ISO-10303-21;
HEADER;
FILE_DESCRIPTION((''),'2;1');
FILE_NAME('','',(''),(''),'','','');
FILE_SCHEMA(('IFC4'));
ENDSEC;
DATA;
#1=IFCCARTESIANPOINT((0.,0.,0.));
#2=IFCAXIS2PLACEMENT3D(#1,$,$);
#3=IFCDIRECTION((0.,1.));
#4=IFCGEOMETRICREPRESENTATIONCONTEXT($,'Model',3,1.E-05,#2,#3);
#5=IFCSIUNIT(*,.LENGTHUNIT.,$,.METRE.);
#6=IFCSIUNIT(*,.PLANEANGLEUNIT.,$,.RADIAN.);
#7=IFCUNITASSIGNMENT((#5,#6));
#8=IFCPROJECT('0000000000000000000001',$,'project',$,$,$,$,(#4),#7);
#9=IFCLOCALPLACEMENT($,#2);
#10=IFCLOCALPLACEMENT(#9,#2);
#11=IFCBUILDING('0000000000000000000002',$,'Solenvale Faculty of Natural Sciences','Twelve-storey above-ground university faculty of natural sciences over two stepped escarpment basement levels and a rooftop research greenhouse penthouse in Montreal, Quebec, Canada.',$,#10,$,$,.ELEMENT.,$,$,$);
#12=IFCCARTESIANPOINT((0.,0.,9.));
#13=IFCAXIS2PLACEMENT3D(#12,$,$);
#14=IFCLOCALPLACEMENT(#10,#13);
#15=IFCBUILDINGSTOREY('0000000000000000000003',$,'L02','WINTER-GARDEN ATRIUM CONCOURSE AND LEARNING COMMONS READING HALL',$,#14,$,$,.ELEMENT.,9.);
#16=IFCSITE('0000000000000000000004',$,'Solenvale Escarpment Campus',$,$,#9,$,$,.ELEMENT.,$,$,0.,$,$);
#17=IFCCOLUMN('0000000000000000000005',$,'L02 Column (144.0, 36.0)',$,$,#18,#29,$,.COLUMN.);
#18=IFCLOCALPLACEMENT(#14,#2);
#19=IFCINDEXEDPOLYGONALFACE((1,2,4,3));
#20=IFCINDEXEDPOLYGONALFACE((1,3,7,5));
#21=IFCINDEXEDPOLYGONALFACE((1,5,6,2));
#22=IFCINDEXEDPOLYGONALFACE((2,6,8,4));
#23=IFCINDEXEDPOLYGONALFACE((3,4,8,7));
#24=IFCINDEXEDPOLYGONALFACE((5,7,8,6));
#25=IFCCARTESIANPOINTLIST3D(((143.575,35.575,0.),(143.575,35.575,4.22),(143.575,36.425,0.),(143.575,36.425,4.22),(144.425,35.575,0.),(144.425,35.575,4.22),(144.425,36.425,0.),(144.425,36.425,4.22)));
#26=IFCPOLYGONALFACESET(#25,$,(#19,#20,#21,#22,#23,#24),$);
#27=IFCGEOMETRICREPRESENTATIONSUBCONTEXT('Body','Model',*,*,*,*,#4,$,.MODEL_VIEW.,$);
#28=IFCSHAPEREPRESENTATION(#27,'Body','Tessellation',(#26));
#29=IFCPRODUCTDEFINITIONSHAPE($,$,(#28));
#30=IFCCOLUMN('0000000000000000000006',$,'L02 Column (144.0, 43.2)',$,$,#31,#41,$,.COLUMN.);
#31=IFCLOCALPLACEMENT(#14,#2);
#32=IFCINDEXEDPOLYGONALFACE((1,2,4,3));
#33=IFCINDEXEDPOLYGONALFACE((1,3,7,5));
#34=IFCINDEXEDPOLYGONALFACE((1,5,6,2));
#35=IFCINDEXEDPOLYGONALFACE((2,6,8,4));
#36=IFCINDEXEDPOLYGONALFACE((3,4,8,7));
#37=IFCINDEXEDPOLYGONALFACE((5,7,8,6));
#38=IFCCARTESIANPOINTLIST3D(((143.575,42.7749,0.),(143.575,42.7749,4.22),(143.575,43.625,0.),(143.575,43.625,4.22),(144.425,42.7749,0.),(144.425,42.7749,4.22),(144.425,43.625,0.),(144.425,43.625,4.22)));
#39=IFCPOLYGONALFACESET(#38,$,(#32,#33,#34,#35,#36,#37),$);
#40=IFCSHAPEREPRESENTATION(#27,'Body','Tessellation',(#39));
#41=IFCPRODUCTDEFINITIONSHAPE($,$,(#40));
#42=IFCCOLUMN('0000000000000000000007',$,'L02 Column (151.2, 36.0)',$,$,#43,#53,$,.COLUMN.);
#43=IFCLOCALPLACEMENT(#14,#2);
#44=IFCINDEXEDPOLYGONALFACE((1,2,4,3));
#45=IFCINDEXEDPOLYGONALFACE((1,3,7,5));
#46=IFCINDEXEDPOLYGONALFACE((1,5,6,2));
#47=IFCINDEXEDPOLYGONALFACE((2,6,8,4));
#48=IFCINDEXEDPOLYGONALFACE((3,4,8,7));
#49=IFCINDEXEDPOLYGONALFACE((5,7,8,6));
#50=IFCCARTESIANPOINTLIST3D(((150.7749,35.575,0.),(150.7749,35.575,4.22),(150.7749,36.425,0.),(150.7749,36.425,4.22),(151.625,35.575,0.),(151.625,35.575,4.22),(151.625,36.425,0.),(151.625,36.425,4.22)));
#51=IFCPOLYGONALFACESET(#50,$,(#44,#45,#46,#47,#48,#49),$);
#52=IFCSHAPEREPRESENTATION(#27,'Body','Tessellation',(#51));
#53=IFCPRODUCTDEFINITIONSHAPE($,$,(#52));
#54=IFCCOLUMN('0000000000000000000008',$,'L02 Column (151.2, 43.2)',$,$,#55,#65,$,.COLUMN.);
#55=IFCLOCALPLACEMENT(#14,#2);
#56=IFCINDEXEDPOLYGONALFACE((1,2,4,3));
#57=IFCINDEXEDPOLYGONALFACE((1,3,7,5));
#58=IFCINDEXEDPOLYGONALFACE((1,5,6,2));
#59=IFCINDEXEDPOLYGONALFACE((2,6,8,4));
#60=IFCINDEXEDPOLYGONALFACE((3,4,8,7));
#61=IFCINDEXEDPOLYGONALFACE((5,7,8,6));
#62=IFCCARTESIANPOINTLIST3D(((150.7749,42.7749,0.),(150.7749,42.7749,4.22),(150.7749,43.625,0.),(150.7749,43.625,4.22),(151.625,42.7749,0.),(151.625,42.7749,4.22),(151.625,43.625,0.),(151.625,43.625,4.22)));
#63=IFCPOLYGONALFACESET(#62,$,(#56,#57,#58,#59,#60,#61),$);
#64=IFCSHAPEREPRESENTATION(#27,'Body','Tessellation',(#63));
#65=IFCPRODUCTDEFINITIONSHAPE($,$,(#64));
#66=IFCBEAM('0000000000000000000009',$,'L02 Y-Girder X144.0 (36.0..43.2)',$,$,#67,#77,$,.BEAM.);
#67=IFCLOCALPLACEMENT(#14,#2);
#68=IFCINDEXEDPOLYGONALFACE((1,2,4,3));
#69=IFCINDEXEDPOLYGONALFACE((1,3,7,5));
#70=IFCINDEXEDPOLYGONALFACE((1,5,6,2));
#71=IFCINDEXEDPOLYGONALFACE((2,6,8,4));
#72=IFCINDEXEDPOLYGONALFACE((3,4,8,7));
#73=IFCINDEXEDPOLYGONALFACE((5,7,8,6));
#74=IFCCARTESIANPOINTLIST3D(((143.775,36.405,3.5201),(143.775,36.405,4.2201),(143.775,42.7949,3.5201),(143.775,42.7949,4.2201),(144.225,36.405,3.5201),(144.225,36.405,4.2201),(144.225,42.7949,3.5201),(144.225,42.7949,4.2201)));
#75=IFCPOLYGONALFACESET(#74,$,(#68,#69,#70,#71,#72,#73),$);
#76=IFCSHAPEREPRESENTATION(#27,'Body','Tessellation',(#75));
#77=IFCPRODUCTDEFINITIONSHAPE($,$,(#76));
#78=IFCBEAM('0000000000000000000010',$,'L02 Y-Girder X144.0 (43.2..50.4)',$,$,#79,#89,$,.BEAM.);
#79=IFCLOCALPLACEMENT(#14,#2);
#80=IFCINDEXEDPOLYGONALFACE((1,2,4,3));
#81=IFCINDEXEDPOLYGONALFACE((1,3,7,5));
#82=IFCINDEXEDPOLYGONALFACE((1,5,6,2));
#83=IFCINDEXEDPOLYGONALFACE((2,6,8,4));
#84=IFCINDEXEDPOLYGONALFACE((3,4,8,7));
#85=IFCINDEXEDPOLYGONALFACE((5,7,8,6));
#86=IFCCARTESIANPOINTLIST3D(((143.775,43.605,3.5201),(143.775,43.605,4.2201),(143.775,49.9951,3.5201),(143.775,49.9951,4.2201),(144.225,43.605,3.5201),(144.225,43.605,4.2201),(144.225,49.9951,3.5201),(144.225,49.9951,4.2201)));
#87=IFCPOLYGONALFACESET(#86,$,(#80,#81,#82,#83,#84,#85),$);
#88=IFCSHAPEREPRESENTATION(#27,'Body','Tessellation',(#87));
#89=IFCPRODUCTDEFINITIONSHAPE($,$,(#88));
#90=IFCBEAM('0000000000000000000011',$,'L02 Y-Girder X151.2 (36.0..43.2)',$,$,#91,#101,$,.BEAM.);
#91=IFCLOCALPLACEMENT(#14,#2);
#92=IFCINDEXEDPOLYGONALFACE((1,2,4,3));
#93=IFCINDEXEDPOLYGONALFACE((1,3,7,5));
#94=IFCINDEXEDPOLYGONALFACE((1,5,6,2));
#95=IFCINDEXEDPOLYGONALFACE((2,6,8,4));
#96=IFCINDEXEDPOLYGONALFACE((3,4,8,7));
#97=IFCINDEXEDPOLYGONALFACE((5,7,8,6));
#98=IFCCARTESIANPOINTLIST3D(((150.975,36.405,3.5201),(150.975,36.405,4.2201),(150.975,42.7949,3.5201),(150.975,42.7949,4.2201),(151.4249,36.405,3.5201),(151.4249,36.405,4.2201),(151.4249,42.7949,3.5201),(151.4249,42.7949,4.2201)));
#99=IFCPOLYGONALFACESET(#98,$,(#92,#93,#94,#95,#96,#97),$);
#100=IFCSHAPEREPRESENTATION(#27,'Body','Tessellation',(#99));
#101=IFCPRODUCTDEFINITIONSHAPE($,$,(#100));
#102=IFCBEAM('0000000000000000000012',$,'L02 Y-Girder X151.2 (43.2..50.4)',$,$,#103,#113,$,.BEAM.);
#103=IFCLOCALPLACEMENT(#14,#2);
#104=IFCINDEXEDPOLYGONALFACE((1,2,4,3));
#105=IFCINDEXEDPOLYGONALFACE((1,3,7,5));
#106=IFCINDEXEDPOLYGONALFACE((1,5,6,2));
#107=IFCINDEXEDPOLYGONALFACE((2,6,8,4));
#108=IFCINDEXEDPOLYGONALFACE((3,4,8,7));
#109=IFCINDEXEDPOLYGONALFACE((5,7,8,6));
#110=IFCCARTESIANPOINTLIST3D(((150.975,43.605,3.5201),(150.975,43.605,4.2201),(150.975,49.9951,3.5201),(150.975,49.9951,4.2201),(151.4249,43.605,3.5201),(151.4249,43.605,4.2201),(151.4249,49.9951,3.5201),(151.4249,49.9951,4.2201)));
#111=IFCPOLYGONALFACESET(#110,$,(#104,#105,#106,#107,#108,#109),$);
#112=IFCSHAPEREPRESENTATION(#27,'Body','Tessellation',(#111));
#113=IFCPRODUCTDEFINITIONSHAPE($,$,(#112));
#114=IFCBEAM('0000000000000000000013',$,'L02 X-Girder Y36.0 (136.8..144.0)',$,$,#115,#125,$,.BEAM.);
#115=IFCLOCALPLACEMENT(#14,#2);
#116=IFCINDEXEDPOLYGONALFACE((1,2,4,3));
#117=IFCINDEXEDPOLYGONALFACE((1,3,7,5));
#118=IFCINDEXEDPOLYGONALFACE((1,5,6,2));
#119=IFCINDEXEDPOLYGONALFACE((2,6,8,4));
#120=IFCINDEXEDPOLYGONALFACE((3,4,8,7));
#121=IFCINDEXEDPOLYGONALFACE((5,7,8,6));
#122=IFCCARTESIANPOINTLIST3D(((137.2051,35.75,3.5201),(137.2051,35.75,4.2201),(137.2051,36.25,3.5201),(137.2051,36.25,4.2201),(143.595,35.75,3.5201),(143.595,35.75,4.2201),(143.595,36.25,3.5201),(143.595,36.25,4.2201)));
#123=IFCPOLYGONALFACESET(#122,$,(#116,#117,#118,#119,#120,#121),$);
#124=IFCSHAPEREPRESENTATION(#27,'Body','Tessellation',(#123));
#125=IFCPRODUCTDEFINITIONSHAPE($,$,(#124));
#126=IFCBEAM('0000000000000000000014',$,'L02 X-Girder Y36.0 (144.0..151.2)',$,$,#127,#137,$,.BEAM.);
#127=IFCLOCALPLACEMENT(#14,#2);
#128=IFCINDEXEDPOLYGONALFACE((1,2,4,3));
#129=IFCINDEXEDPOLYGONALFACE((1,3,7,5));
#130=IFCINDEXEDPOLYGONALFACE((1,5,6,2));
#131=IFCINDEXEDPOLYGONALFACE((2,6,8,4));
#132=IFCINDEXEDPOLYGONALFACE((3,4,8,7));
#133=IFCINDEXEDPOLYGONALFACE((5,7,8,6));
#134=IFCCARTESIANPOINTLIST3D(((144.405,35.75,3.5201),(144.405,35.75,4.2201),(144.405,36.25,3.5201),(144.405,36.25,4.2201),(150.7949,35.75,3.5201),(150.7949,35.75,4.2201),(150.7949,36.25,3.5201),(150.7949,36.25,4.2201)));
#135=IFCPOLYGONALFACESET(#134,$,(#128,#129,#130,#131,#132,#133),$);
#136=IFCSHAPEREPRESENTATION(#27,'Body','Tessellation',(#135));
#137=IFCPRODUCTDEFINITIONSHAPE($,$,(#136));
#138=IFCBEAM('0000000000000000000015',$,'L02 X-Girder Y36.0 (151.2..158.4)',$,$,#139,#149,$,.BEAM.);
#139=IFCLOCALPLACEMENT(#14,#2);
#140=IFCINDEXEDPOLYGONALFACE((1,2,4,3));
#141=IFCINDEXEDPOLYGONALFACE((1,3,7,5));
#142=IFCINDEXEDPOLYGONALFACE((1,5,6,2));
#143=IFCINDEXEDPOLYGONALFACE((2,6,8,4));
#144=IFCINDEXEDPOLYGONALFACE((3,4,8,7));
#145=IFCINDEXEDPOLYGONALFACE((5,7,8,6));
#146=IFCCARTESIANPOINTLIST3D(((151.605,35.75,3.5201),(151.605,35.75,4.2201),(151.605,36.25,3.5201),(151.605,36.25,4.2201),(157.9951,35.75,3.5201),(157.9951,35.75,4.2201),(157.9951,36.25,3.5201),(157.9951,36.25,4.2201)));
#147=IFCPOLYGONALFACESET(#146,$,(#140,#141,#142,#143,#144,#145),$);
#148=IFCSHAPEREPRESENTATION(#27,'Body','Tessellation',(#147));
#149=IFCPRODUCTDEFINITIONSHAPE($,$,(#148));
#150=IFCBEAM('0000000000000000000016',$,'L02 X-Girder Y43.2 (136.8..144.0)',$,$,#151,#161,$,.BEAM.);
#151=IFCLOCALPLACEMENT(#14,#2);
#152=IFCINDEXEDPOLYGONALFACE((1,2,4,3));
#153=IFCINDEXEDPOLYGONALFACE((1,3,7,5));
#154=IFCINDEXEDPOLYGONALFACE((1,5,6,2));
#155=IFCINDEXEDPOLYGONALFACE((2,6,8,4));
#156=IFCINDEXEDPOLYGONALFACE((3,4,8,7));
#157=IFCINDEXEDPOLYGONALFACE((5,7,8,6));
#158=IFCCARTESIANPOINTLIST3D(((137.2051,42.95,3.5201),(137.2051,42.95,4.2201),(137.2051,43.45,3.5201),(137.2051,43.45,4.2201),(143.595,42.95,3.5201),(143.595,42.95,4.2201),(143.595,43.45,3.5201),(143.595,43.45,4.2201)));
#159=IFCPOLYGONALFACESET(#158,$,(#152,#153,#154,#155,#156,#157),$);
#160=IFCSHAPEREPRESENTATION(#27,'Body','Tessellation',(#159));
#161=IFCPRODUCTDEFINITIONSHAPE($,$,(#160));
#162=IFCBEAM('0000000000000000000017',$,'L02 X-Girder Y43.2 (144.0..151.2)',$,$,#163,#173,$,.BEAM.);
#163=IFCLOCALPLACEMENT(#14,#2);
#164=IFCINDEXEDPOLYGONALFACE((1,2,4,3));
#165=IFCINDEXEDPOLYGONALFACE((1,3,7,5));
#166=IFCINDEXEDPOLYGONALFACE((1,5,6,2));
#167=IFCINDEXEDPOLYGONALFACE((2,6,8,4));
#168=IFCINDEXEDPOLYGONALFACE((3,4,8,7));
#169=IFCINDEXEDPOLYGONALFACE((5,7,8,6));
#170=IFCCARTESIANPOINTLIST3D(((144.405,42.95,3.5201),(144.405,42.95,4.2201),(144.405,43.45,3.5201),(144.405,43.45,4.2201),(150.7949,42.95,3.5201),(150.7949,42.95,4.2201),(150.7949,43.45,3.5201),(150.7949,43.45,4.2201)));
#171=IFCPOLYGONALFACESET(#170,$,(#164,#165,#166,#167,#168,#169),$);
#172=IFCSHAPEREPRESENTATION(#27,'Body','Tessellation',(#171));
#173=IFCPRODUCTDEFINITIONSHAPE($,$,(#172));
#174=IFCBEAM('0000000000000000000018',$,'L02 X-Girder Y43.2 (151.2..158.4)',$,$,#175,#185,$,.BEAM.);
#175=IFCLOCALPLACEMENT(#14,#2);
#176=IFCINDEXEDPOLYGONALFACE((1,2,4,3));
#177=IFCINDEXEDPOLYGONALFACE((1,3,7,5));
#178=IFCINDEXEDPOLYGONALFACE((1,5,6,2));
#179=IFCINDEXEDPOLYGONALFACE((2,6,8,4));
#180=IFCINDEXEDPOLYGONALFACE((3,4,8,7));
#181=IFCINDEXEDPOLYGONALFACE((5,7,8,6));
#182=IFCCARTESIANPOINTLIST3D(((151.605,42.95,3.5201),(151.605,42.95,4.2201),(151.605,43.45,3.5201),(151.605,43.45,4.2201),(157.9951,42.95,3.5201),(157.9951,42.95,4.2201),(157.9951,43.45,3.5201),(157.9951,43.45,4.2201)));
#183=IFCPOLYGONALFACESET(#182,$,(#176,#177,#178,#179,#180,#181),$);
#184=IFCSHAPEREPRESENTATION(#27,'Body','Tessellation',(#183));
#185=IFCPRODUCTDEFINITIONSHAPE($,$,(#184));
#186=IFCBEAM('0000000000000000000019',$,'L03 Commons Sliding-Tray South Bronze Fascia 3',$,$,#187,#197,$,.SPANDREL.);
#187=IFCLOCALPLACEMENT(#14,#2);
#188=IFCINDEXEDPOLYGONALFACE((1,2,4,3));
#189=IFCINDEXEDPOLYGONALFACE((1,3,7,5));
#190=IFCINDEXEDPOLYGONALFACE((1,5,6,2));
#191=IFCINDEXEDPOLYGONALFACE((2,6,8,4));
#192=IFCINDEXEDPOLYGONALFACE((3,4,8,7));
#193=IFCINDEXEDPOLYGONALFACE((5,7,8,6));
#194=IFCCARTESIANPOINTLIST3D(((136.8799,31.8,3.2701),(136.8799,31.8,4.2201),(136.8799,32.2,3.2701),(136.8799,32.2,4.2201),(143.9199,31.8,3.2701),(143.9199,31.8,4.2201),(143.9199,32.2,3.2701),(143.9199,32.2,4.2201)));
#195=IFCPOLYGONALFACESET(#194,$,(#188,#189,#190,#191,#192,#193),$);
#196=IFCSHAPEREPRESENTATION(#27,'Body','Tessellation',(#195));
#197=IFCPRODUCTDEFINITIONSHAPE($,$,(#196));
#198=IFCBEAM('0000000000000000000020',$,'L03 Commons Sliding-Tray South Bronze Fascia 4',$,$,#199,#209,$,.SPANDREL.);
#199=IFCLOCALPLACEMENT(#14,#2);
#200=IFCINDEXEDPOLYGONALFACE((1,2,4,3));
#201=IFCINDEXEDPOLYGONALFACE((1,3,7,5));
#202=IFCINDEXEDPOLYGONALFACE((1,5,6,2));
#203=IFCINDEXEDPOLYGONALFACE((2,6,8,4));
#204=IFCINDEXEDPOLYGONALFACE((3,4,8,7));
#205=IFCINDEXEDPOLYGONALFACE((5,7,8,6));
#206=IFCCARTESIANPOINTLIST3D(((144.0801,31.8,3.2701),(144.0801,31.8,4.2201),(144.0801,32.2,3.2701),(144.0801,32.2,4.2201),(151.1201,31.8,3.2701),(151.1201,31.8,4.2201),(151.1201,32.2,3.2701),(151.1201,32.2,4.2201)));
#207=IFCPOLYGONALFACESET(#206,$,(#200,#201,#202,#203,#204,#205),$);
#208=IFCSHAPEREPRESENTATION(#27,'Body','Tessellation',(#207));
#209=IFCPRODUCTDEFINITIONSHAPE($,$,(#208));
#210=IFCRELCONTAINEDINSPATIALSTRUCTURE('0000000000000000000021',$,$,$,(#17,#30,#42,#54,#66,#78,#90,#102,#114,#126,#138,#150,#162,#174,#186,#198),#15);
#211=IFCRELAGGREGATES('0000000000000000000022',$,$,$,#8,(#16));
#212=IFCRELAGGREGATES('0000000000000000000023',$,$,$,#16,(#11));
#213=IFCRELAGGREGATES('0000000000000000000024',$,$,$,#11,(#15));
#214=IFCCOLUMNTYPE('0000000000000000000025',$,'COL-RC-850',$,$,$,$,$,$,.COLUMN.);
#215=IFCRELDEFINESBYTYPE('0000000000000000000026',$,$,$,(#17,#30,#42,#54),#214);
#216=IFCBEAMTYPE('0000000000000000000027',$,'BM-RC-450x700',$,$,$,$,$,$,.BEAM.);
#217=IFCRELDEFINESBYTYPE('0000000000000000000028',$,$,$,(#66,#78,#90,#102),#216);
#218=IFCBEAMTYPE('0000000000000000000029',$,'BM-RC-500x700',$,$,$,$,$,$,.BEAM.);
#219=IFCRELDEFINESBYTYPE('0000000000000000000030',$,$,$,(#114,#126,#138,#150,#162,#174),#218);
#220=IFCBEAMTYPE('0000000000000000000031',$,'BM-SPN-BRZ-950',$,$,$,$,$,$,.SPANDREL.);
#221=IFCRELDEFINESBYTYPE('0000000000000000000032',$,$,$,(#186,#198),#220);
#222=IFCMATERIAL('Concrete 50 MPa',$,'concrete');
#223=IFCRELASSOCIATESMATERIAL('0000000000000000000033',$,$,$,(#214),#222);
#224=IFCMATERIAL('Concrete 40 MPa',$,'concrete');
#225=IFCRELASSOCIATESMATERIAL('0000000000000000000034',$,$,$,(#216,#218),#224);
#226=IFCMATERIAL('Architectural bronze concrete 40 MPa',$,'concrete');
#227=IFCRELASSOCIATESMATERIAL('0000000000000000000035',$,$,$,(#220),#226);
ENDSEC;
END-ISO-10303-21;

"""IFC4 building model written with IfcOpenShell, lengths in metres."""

from ifc_helpers import new_model, si_unit, direction, frame, origin, origin_2d, place, context, subcontext, project, spatial, rectangle, extrude, material, material_profile, profile_set, type_object, element, save


model = new_model("IFC4")

# Units and contexts
model_context = context("Model", 3, precision=1e-05, world=origin(), true_north=direction((0.0, 1.0)))
body_context = subcontext(model_context, "Body", "Model", "MODEL_VIEW")
ifc_project = project(units=[si_unit("LENGTHUNIT", "METRE"), si_unit("PLANEANGLEUNIT", "RADIAN")], contexts=[model_context])

# Site, building, storey
site_placement = place(None, origin())
site = spatial("IfcSite", under=ifc_project, at=site_placement, Name="Solenvale Escarpment Campus", CompositionType="ELEMENT", RefElevation=0.0)
building_placement = place(site_placement, origin())
building = spatial("IfcBuilding", under=site, at=building_placement, Name="Solenvale Faculty of Natural Sciences", Description="Twelve-storey above-ground university faculty of natural sciences over two stepped escarpment basement levels and a rooftop research greenhouse penthouse in Montreal, Quebec, Canada.", CompositionType="ELEMENT")
storey_placement = place(building_placement, frame((0.0, 0.0, 9.0)))
storey = spatial("IfcBuildingStorey", under=building, at=storey_placement, Name="L02", Description="WINTER-GARDEN ATRIUM CONCOURSE AND LEARNING COMMONS READING HALL", CompositionType="ELEMENT", Elevation=9.0)

# Columns
ifc_material_1 = material(Name="Concrete 50 MPa", Category="concrete")
ifc_material_profile_1 = material_profile(ifc_material_1, rectangle(XDim=0.8501, YDim=0.8501, at=origin_2d()), Name="RC-COL-850x850")
ifc_profile_set_1 = profile_set([ifc_material_profile_1], Name="Concrete 50 MPa")
column_type = type_object("IfcColumnType", Name="COL-RC-850", PredefinedType="COLUMN", material=ifc_profile_set_1)
for number, where, z_axis, x_axis, name in (
    (1, (144.0, 36.0, 0.0), (0.0, 0.0, 1.0), (1.0, 0.0, 0.0), "L02 Column (144.0, 36.0)"),
    (2, (144.0, 43.2, 0.0), (0.0, 0.0, 1.0), (1.0, 0.0, 0.0), "L02 Column (144.0, 43.2)"),
    (3, (151.2, 36.0, 0.0), (0.0, 0.0, 1.0), (1.0, 0.0, 0.0), "L02 Column (151.2, 36.0)"),
    (4, (151.2, 43.2, 0.0), (0.0, 0.0, 1.0), (1.0, 0.0, 0.0), "L02 Column (151.2, 43.2)"),
):
    element("IfcColumn", number, at=place(storey_placement, frame(where, z_axis=z_axis, x_axis=x_axis)), inside=storey, type_object=column_type, Name=name, PredefinedType="COLUMN", context=body_context, shape_type="SweptSolid", body=[
        extrude(rectangle(XDim=0.8501, YDim=0.8501, at=origin_2d()), origin(), (0.0, 0.0, 1.0), 4.22),
    ])

# Beams
ifc_material_2 = material(Name="Concrete 40 MPa", Category="concrete")
ifc_material_profile_2 = material_profile(ifc_material_2, rectangle(XDim=0.45, YDim=0.7, at=origin_2d()), Name="RC-BM-450x700")
ifc_profile_set_2 = profile_set([ifc_material_profile_2], Name="Concrete 40 MPa")
beam_type_1 = type_object("IfcBeamType", Name="BM-RC-450x700", PredefinedType="BEAM", material=ifc_profile_set_2)
beam_1_placement = place(storey_placement, frame((144.0, 36.405, 3.8701), z_axis=(0.0, 1.0, 0.0), x_axis=(-1.0, 0.0, 0.0)))
element("IfcBeam", 5, at=beam_1_placement, inside=storey, type_object=beam_type_1, Name="L02 Y-Girder X144.0 (36.0..43.2)", PredefinedType="BEAM", context=body_context, shape_type="SweptSolid", body=[
    extrude(rectangle(XDim=0.45, YDim=0.7, at=origin_2d()), origin(), (0.0, 0.0, 1.0), 6.3899),
])
beam_2_placement = place(storey_placement, frame((144.0, 43.605, 3.8701), z_axis=(0.0, 1.0, 0.0), x_axis=(-1.0, 0.0, 0.0)))
element("IfcBeam", 6, at=beam_2_placement, inside=storey, type_object=beam_type_1, Name="L02 Y-Girder X144.0 (43.2..50.4)", PredefinedType="BEAM", context=body_context, shape_type="SweptSolid", body=[
    extrude(rectangle(XDim=0.45, YDim=0.7, at=origin_2d()), origin(), (0.0, 0.0, 1.0), 6.3901),
])
beam_3_placement = place(storey_placement, frame((151.2, 36.405, 3.8701), z_axis=(0.0, 1.0, 0.0), x_axis=(-1.0, 0.0, 0.0)))
element("IfcBeam", 7, at=beam_3_placement, inside=storey, type_object=beam_type_1, Name="L02 Y-Girder X151.2 (36.0..43.2)", PredefinedType="BEAM", context=body_context, shape_type="SweptSolid", body=[
    extrude(rectangle(XDim=0.45, YDim=0.7, at=origin_2d()), origin(), (0.0, 0.0, 1.0), 6.3899),
])
beam_4_placement = place(storey_placement, frame((151.2, 43.605, 3.8701), z_axis=(0.0, 1.0, 0.0), x_axis=(-1.0, 0.0, 0.0)))
element("IfcBeam", 8, at=beam_4_placement, inside=storey, type_object=beam_type_1, Name="L02 Y-Girder X151.2 (43.2..50.4)", PredefinedType="BEAM", context=body_context, shape_type="SweptSolid", body=[
    extrude(rectangle(XDim=0.45, YDim=0.7, at=origin_2d()), origin(), (0.0, 0.0, 1.0), 6.3901),
])
ifc_material_profile_3 = material_profile(ifc_material_2, rectangle(XDim=0.5, YDim=0.7, at=origin_2d()), Name="RC-BM-500x700")
ifc_profile_set_3 = profile_set([ifc_material_profile_3], Name="Concrete 40 MPa")
beam_type_2 = type_object("IfcBeamType", Name="BM-RC-500x700", PredefinedType="BEAM", material=ifc_profile_set_3)
for number, where, z_axis, x_axis, name in (
    (9, (137.2051, 36.0, 3.8701), (1.0, 0.0, 0.0), (0.0, 1.0, 0.0), "L02 X-Girder Y36.0 (136.8..144.0)"),
    (10, (144.405, 36.0, 3.8701), (1.0, 0.0, 0.0), (0.0, 1.0, 0.0), "L02 X-Girder Y36.0 (144.0..151.2)"),
):
    element("IfcBeam", number, at=place(storey_placement, frame(where, z_axis=z_axis, x_axis=x_axis)), inside=storey, type_object=beam_type_2, Name=name, PredefinedType="BEAM", context=body_context, shape_type="SweptSolid", body=[
        extrude(rectangle(XDim=0.5, YDim=0.7, at=origin_2d()), origin(), (0.0, 0.0, 1.0), 6.3899),
    ])
beam_5_placement = place(storey_placement, frame((151.605, 36.0, 3.8701), z_axis=(1.0, 0.0, 0.0), x_axis=(0.0, 1.0, 0.0)))
element("IfcBeam", 11, at=beam_5_placement, inside=storey, type_object=beam_type_2, Name="L02 X-Girder Y36.0 (151.2..158.4)", PredefinedType="BEAM", context=body_context, shape_type="SweptSolid", body=[
    extrude(rectangle(XDim=0.5, YDim=0.7, at=origin_2d()), origin(), (0.0, 0.0, 1.0), 6.3901),
])
for number, where, z_axis, x_axis, name in (
    (12, (137.2051, 43.2, 3.8701), (1.0, 0.0, 0.0), (0.0, 1.0, 0.0), "L02 X-Girder Y43.2 (136.8..144.0)"),
    (13, (144.405, 43.2, 3.8701), (1.0, 0.0, 0.0), (0.0, 1.0, 0.0), "L02 X-Girder Y43.2 (144.0..151.2)"),
):
    element("IfcBeam", number, at=place(storey_placement, frame(where, z_axis=z_axis, x_axis=x_axis)), inside=storey, type_object=beam_type_2, Name=name, PredefinedType="BEAM", context=body_context, shape_type="SweptSolid", body=[
        extrude(rectangle(XDim=0.5, YDim=0.7, at=origin_2d()), origin(), (0.0, 0.0, 1.0), 6.3899),
    ])
beam_6_placement = place(storey_placement, frame((151.605, 43.2, 3.8701), z_axis=(1.0, 0.0, 0.0), x_axis=(0.0, 1.0, 0.0)))
element("IfcBeam", 14, at=beam_6_placement, inside=storey, type_object=beam_type_2, Name="L02 X-Girder Y43.2 (151.2..158.4)", PredefinedType="BEAM", context=body_context, shape_type="SweptSolid", body=[
    extrude(rectangle(XDim=0.5, YDim=0.7, at=origin_2d()), origin(), (0.0, 0.0, 1.0), 6.3901),
])
ifc_material_3 = material(Name="Architectural bronze concrete 40 MPa", Category="concrete")
ifc_material_profile_4 = material_profile(ifc_material_3, rectangle(XDim=0.3999, YDim=0.95, at=origin_2d()), Name="RC-SPN-400x950")
ifc_profile_set_4 = profile_set([ifc_material_profile_4], Name="Architectural bronze concrete 40 MPa")
beam_type_3 = type_object("IfcBeamType", Name="BM-SPN-BRZ-950", PredefinedType="SPANDREL", material=ifc_profile_set_4)
for number, where, z_axis, x_axis, name in (
    (15, (136.8799, 32.0, 3.7451), (1.0, 0.0, 0.0), (0.0, 1.0, 0.0), "L03 Commons Sliding-Tray South Bronze Fascia 3"),
    (16, (144.0801, 32.0, 3.7451), (1.0, 0.0, 0.0), (0.0, 1.0, 0.0), "L03 Commons Sliding-Tray South Bronze Fascia 4"),
):
    element("IfcBeam", number, at=place(storey_placement, frame(where, z_axis=z_axis, x_axis=x_axis)), inside=storey, type_object=beam_type_3, Name=name, PredefinedType="SPANDREL", context=body_context, shape_type="SweptSolid", body=[
        extrude(rectangle(XDim=0.3999, YDim=0.95, at=origin_2d()), origin(), (0.0, 0.0, 1.0), 7.04),
    ])

save(model, "model.ifc")
